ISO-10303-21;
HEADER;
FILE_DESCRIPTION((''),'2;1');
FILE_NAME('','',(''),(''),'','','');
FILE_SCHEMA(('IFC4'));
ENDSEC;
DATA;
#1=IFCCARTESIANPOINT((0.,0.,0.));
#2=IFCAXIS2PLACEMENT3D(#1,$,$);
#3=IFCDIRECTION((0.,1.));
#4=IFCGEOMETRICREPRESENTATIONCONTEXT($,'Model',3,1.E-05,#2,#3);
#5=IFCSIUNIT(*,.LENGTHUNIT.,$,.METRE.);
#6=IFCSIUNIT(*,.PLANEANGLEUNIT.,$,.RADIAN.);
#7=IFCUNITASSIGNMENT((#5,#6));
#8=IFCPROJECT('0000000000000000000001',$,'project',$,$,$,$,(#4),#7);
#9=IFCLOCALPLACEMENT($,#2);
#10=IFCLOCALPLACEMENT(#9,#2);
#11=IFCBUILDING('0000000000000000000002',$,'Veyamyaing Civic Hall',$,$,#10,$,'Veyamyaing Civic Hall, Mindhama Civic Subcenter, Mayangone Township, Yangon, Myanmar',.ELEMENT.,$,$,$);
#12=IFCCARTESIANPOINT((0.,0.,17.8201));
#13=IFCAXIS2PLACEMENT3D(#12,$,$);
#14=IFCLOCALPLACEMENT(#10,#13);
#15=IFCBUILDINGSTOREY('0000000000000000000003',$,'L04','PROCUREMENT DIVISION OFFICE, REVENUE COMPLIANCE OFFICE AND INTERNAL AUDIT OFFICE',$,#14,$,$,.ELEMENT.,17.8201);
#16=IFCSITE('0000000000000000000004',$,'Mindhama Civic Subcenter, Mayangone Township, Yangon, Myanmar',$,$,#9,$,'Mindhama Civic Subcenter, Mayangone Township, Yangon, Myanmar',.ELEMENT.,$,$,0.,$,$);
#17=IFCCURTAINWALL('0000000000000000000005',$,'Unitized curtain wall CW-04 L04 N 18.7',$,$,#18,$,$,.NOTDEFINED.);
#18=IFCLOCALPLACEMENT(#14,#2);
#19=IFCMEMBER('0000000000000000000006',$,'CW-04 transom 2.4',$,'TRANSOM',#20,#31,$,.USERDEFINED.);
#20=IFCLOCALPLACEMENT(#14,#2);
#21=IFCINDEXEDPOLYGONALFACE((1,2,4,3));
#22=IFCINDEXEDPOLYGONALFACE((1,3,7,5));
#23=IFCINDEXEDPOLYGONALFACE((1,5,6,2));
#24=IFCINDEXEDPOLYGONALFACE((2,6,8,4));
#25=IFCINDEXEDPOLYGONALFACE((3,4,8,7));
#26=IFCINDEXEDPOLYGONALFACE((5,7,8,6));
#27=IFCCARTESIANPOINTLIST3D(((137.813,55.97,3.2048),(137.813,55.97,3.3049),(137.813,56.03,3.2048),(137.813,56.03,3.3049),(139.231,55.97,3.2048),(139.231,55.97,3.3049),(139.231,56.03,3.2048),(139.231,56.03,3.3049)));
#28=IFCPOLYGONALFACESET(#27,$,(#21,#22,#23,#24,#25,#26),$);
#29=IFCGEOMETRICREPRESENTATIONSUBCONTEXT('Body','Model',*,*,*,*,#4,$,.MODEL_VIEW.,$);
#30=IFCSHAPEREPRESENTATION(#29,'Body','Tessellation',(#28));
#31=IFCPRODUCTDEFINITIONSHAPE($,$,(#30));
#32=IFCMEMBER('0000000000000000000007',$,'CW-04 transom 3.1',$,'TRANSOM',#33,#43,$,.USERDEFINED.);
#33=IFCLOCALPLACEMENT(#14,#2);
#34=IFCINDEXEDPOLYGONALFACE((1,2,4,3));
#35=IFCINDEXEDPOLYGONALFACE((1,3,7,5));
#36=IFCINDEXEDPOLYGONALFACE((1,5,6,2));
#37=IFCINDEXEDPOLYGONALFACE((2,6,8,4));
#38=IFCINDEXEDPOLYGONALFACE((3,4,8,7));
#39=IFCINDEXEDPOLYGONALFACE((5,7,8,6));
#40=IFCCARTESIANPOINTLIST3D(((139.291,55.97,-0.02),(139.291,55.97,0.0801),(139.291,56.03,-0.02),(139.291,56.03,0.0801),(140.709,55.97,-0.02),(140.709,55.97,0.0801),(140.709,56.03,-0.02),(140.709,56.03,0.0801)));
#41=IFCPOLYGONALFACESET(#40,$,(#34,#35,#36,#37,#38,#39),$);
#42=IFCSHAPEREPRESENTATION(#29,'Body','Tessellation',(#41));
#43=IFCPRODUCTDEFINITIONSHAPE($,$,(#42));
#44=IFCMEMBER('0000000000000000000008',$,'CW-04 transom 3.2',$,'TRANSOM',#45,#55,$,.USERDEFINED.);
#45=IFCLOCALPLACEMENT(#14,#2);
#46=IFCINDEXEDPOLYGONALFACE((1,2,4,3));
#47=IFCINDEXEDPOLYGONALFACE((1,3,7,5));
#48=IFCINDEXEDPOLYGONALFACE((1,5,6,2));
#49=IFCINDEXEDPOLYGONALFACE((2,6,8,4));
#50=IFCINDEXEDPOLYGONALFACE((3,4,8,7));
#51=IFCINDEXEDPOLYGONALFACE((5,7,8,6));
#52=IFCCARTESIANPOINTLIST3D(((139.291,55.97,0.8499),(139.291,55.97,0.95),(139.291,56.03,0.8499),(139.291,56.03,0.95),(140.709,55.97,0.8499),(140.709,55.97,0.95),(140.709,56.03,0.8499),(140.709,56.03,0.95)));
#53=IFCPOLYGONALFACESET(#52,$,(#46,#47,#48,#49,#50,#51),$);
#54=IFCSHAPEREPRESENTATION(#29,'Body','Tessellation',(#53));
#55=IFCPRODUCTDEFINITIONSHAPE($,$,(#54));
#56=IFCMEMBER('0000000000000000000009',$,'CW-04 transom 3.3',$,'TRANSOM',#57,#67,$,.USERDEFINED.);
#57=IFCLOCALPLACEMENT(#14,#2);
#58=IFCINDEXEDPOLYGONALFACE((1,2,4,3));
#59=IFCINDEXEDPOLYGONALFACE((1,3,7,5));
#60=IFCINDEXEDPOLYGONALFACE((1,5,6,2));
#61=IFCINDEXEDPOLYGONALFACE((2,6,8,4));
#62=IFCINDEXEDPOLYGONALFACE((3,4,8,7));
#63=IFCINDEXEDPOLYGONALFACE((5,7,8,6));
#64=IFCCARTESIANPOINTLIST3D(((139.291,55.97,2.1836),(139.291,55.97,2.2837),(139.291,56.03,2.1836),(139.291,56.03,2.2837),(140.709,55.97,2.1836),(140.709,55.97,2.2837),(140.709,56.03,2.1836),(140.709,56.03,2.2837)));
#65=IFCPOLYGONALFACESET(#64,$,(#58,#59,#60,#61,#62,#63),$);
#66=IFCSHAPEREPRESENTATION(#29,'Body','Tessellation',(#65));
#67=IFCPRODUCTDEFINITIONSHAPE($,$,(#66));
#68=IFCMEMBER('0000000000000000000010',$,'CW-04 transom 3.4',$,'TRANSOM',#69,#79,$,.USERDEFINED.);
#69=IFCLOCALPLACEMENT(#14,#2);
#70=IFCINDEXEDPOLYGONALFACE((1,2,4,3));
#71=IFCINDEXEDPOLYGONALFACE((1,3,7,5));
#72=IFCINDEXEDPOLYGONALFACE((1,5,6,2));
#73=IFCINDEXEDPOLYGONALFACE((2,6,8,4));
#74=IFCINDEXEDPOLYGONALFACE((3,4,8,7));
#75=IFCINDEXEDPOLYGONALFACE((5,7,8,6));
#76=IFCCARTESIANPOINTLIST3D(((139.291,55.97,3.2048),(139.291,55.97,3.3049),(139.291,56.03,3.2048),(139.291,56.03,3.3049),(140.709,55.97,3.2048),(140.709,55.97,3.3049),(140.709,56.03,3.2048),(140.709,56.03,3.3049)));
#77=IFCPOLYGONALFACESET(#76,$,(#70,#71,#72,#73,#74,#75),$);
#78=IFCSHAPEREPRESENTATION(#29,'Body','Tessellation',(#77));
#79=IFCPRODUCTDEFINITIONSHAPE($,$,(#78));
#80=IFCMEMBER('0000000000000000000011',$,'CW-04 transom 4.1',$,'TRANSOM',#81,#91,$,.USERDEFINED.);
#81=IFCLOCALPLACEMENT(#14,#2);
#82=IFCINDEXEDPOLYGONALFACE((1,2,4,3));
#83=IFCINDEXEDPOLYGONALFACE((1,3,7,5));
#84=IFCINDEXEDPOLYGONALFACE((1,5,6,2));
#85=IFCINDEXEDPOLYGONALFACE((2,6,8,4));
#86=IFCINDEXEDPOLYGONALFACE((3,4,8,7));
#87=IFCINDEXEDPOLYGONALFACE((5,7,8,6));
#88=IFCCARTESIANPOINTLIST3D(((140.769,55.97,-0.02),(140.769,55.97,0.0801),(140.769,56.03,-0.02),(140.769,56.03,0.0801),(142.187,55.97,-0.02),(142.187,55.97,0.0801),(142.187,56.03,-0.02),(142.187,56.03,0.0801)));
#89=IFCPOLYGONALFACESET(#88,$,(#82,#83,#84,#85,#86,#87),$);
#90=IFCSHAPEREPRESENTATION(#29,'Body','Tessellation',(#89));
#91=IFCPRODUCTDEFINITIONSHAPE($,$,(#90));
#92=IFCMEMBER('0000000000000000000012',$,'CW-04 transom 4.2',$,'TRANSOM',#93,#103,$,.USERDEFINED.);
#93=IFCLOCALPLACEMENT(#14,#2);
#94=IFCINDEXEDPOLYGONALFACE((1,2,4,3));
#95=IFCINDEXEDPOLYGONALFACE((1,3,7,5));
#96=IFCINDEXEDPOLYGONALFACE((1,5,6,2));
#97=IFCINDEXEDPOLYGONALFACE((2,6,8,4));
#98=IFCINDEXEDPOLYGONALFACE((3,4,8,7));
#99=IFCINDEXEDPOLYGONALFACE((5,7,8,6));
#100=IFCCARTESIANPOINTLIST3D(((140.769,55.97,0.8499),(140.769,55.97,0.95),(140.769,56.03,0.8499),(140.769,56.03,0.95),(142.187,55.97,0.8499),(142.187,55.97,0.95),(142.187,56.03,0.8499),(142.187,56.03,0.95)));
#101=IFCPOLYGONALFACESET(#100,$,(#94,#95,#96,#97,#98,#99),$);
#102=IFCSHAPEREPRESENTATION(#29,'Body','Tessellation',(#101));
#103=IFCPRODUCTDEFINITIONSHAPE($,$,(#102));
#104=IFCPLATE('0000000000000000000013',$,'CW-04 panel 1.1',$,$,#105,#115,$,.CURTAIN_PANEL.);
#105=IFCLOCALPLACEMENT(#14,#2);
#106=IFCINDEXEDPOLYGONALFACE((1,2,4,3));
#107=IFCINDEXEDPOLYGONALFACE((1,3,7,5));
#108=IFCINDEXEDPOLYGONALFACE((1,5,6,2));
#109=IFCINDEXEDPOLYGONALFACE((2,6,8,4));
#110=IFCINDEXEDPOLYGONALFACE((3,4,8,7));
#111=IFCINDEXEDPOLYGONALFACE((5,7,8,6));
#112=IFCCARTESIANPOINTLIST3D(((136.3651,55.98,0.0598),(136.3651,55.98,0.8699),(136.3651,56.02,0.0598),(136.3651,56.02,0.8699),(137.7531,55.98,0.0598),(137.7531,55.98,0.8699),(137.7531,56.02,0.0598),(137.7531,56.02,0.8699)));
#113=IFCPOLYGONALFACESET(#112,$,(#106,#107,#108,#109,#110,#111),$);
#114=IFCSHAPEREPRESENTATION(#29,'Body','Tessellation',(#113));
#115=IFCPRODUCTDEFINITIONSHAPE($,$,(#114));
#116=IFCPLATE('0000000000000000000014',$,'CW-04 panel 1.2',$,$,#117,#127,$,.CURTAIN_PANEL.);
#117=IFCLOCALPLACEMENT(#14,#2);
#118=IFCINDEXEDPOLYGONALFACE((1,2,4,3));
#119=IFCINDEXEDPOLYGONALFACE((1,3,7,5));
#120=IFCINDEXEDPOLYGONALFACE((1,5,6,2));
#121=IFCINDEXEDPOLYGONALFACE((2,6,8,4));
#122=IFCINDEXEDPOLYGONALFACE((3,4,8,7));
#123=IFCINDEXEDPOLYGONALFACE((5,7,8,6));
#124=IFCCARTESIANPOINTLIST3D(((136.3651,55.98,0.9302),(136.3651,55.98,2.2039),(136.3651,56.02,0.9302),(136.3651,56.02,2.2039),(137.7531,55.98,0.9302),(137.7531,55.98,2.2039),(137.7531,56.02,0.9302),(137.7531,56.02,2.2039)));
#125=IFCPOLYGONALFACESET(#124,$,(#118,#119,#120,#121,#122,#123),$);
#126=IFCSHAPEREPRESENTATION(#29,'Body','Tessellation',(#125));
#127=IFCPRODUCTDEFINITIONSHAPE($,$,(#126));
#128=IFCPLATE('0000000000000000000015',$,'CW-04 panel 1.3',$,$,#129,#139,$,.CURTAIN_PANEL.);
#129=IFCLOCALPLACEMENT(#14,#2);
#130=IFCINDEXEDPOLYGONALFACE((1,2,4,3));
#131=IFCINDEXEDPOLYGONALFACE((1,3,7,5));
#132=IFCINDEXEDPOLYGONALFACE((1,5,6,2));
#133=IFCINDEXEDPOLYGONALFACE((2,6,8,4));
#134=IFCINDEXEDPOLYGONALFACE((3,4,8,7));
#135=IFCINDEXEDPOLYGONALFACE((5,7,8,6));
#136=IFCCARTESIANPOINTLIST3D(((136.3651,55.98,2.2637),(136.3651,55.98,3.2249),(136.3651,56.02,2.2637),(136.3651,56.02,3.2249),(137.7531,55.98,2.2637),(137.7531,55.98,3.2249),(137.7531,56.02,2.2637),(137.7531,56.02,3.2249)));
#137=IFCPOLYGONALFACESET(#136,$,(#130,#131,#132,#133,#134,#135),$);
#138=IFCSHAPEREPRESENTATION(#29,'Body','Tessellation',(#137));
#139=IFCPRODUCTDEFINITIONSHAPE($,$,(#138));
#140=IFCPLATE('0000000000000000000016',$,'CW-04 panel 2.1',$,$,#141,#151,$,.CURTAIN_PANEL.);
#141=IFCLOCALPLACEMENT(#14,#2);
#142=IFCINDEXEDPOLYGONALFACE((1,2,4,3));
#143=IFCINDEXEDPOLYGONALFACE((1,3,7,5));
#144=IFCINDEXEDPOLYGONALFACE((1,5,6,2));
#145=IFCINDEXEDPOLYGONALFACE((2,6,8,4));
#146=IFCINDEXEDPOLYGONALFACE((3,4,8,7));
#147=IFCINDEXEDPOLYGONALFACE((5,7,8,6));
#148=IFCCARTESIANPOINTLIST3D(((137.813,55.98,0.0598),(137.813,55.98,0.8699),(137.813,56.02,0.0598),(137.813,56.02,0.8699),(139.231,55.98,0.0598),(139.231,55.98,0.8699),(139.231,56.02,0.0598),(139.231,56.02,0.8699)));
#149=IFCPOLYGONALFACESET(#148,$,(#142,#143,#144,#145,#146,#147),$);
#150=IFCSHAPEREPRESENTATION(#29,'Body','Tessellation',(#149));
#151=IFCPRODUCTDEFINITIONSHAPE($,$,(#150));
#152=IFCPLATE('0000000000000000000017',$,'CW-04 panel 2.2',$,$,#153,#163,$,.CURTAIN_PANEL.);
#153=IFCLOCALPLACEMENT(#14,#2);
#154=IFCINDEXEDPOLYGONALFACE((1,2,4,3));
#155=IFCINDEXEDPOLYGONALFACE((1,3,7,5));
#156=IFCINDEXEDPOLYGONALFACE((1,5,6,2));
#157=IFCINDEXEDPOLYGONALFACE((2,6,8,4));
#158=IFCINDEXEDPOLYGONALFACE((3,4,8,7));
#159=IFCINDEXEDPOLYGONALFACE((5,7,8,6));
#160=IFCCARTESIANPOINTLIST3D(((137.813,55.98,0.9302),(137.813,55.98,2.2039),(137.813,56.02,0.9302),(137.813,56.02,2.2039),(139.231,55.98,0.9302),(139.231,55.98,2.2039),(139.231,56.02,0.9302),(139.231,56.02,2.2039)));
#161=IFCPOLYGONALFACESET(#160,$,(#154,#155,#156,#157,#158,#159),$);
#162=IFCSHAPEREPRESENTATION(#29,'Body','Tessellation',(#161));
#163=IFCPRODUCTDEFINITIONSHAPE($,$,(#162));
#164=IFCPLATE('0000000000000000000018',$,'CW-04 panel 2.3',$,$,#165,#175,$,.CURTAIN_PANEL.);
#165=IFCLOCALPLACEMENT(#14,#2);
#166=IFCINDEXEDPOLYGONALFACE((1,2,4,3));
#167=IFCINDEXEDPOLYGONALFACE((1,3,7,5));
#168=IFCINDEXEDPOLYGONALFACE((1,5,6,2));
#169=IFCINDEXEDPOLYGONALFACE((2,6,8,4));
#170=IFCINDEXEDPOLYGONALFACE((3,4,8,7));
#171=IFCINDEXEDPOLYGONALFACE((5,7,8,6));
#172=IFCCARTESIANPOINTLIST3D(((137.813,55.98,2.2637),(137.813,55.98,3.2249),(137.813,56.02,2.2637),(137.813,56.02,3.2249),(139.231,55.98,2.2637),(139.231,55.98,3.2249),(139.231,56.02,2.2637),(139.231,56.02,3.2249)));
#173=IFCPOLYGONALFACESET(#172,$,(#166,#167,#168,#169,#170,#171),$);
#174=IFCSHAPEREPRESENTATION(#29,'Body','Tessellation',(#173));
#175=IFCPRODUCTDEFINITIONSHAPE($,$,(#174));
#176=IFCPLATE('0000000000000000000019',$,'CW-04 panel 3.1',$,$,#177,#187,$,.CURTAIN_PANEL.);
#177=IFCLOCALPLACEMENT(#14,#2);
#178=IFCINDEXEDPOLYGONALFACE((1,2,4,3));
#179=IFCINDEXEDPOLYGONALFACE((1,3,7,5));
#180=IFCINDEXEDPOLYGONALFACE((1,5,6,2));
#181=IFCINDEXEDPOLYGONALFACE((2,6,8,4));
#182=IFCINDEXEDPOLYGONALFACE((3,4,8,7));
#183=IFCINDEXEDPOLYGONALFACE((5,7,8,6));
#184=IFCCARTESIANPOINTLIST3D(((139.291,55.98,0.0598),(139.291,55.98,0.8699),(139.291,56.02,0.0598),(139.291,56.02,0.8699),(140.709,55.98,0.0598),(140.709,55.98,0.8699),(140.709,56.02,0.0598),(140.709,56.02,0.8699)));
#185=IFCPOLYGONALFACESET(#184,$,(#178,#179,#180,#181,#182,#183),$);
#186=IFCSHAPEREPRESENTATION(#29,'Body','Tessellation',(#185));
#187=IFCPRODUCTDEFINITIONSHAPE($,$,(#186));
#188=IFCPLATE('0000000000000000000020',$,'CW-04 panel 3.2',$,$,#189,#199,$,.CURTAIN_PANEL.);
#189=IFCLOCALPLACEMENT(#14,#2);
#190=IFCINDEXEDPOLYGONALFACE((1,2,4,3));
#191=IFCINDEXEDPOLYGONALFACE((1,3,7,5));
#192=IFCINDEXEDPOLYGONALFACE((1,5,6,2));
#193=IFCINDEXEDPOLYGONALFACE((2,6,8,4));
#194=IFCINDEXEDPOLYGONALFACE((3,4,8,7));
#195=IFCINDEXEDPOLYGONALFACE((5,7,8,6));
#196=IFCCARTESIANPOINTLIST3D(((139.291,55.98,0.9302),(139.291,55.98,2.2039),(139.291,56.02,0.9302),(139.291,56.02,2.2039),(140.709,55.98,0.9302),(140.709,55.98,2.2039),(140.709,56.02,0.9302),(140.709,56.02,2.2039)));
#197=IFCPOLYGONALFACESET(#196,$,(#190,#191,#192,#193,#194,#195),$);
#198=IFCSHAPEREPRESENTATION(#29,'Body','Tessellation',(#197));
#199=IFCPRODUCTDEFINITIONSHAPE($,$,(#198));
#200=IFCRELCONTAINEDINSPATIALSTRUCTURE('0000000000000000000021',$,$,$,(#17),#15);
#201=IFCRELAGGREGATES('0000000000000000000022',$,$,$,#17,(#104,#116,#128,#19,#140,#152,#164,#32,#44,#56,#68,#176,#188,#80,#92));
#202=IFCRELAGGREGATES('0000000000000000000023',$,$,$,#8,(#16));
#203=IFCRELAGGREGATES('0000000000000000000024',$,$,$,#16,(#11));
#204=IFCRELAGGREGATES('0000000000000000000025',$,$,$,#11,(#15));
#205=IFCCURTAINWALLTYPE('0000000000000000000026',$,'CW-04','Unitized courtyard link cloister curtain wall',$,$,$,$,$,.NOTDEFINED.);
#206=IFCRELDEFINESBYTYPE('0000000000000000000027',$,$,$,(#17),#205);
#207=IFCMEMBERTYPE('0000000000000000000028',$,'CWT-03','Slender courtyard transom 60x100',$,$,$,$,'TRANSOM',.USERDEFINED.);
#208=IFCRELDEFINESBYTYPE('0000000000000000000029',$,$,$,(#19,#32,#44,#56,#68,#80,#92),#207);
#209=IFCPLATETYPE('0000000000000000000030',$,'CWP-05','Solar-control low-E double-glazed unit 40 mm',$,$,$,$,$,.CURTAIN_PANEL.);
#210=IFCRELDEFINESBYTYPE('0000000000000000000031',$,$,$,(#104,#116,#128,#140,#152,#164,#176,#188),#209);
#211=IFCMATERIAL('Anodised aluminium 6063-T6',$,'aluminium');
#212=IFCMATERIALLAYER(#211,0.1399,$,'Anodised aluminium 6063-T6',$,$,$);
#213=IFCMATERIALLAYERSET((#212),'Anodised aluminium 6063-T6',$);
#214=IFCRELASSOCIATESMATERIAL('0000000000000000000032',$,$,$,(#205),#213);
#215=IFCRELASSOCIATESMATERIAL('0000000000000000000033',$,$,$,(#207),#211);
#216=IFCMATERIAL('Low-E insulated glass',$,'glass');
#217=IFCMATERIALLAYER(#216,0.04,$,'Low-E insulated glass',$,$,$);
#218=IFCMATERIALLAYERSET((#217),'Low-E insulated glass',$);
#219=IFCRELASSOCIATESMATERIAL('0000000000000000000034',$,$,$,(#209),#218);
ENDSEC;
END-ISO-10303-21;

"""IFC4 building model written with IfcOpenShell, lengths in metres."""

from ifc_helpers import new_model, si_unit, direction, frame, origin, origin_2d, place, context, subcontext, project, spatial, rectangle, extrude, material, layer, layer_set, material_profile, profile_set, type_object, element, aggregate, save


model = new_model("IFC4")

# Units and contexts
model_context = context("Model", 3, precision=1e-05, world=origin(), true_north=direction((0.0, 1.0)))
body_context = subcontext(model_context, "Body", "Model", "MODEL_VIEW")
ifc_project = project(units=[si_unit("LENGTHUNIT", "METRE"), si_unit("PLANEANGLEUNIT", "RADIAN")], contexts=[model_context])

# Site, building, storey
site_placement = place(None, origin())
site = spatial("IfcSite", under=ifc_project, at=site_placement, Name="Mindhama Civic Subcenter, Mayangone Township, Yangon, Myanmar", LongName="Mindhama Civic Subcenter, Mayangone Township, Yangon, Myanmar", CompositionType="ELEMENT", RefElevation=0.0)
building_placement = place(site_placement, origin())
building = spatial("IfcBuilding", under=site, at=building_placement, Name="Veyamyaing Civic Hall", LongName="Veyamyaing Civic Hall, Mindhama Civic Subcenter, Mayangone Township, Yangon, Myanmar", CompositionType="ELEMENT")
storey_placement = place(building_placement, frame((0.0, 0.0, 17.8201)))
storey = spatial("IfcBuildingStorey", under=building, at=storey_placement, Name="L04", Description="PROCUREMENT DIVISION OFFICE, REVENUE COMPLIANCE OFFICE AND INTERNAL AUDIT OFFICE", CompositionType="ELEMENT", Elevation=17.8201)

# Curtain wall, members, plates
ifc_material_1 = material(Name="Anodised aluminium 6063-T6", Category="aluminium")
ifc_layer_1 = layer(ifc_material_1, 0.1399, Name="Anodised aluminium 6063-T6")
ifc_layer_set_1 = layer_set([ifc_layer_1], Name="Anodised aluminium 6063-T6")
curtain_wall_type = type_object("IfcCurtainWallType", Name="CW-04", Description="Unitized courtyard link cloister curtain wall", PredefinedType="NOTDEFINED", material=ifc_layer_set_1)
curtain_wall_placement = place(storey_placement, origin())
curtain_wall = element("IfcCurtainWall", 1, at=curtain_wall_placement, inside=storey, type_object=curtain_wall_type, Name="Unitized curtain wall CW-04 L04 N 18.7", PredefinedType="NOTDEFINED")
ifc_material_profile_1 = material_profile(ifc_material_1, rectangle(XDim=0.0601, YDim=0.1001, at=origin_2d()), Name="ALU-TRN-60X100")
ifc_profile_set_1 = profile_set([ifc_material_profile_1], Name="Anodised aluminium 6063-T6")
member_type_1 = type_object("IfcMemberType", Name="CWT-03", Description="Slender courtyard transom 60x100", ElementType="TRANSOM", PredefinedType="USERDEFINED", material=ifc_profile_set_1)
member_1_placement = place(storey_placement, frame((137.813, 56.0, 3.2549), z_axis=(1.0, 0.0, 0.0), x_axis=(0.0, 1.0, 0.0)))
member_1 = element("IfcMember", 2, at=member_1_placement, type_object=member_type_1, Name="CW-04 transom 2.4", ObjectType="TRANSOM", PredefinedType="USERDEFINED", context=body_context, shape_type="SweptSolid", body=[
    extrude(rectangle(XDim=0.0601, YDim=0.1001, at=origin_2d()), origin(), (0.0, 0.0, 1.0), 1.418),
])
member_2_placement = place(storey_placement, frame((139.291, 56.0, 0.03), z_axis=(1.0, 0.0, 0.0), x_axis=(0.0, 1.0, 0.0)))
member_2 = element("IfcMember", 3, at=member_2_placement, type_object=member_type_1, Name="CW-04 transom 3.1", ObjectType="TRANSOM", PredefinedType="USERDEFINED", context=body_context, shape_type="SweptSolid", body=[
    extrude(rectangle(XDim=0.0601, YDim=0.1001, at=origin_2d()), origin(), (0.0, 0.0, 1.0), 1.418),
])
member_3_placement = place(storey_placement, frame((139.291, 56.0, 0.8999), z_axis=(1.0, 0.0, 0.0), x_axis=(0.0, 1.0, 0.0)))
member_3 = element("IfcMember", 4, at=member_3_placement, type_object=member_type_1, Name="CW-04 transom 3.2", ObjectType="TRANSOM", PredefinedType="USERDEFINED", context=body_context, shape_type="SweptSolid", body=[
    extrude(rectangle(XDim=0.0601, YDim=0.1001, at=origin_2d()), origin(), (0.0, 0.0, 1.0), 1.418),
])
member_4_placement = place(storey_placement, frame((139.291, 56.0, 2.2336), z_axis=(1.0, 0.0, 0.0), x_axis=(0.0, 1.0, 0.0)))
member_4 = element("IfcMember", 5, at=member_4_placement, type_object=member_type_1, Name="CW-04 transom 3.3", ObjectType="TRANSOM", PredefinedType="USERDEFINED", context=body_context, shape_type="SweptSolid", body=[
    extrude(rectangle(XDim=0.0601, YDim=0.1001, at=origin_2d()), origin(), (0.0, 0.0, 1.0), 1.418),
])
member_5_placement = place(storey_placement, frame((139.291, 56.0, 3.2549), z_axis=(1.0, 0.0, 0.0), x_axis=(0.0, 1.0, 0.0)))
member_5 = element("IfcMember", 6, at=member_5_placement, type_object=member_type_1, Name="CW-04 transom 3.4", ObjectType="TRANSOM", PredefinedType="USERDEFINED", context=body_context, shape_type="SweptSolid", body=[
    extrude(rectangle(XDim=0.0601, YDim=0.1001, at=origin_2d()), origin(), (0.0, 0.0, 1.0), 1.418),
])
member_6_placement = place(storey_placement, frame((140.769, 56.0, 0.03), z_axis=(1.0, 0.0, 0.0), x_axis=(0.0, 1.0, 0.0)))
member_6 = element("IfcMember", 7, at=member_6_placement, type_object=member_type_1, Name="CW-04 transom 4.1", ObjectType="TRANSOM", PredefinedType="USERDEFINED", context=body_context, shape_type="SweptSolid", body=[
    extrude(rectangle(XDim=0.0601, YDim=0.1001, at=origin_2d()), origin(), (0.0, 0.0, 1.0), 1.418),
])
member_7_placement = place(storey_placement, frame((140.769, 56.0, 0.8999), z_axis=(1.0, 0.0, 0.0), x_axis=(0.0, 1.0, 0.0)))
member_7 = element("IfcMember", 8, at=member_7_placement, type_object=member_type_1, Name="CW-04 transom 4.2", ObjectType="TRANSOM", PredefinedType="USERDEFINED", context=body_context, shape_type="SweptSolid", body=[
    extrude(rectangle(XDim=0.0601, YDim=0.1001, at=origin_2d()), origin(), (0.0, 0.0, 1.0), 1.418),
])
ifc_material_2 = material(Name="Low-E insulated glass", Category="glass")
ifc_layer_2 = layer(ifc_material_2, 0.04, Name="Low-E insulated glass")
ifc_layer_set_2 = layer_set([ifc_layer_2], Name="Low-E insulated glass")
plate_type = type_object("IfcPlateType", Name="CWP-05", Description="Solar-control low-E double-glazed unit 40 mm", PredefinedType="CURTAIN_PANEL", material=ifc_layer_set_2)
plate_1_placement = place(storey_placement, frame((137.0591, 56.0, 0.0598), z_axis=(0.0, 0.0, 1.0), x_axis=(1.0, 0.0, 0.0)))
plate_1 = element("IfcPlate", 9, at=plate_1_placement, type_object=plate_type, Name="CW-04 panel 1.1", PredefinedType="CURTAIN_PANEL", context=body_context, shape_type="SweptSolid", body=[
    extrude(rectangle(XDim=1.3879, YDim=0.04, at=origin_2d()), origin(), (0.0, 0.0, 1.0), 0.8101),
])
plate_2_placement = place(storey_placement, frame((137.0591, 56.0, 0.9302), z_axis=(0.0, 0.0, 1.0), x_axis=(1.0, 0.0, 0.0)))
plate_2 = element("IfcPlate", 10, at=plate_2_placement, type_object=plate_type, Name="CW-04 panel 1.2", PredefinedType="CURTAIN_PANEL", context=body_context, shape_type="SweptSolid", body=[
    extrude(rectangle(XDim=1.3879, YDim=0.04, at=origin_2d()), origin(), (0.0, 0.0, 1.0), 1.2737),
])
plate_3_placement = place(storey_placement, frame((137.0591, 56.0, 2.2637), z_axis=(0.0, 0.0, 1.0), x_axis=(1.0, 0.0, 0.0)))
plate_3 = element("IfcPlate", 11, at=plate_3_placement, type_object=plate_type, Name="CW-04 panel 1.3", PredefinedType="CURTAIN_PANEL", context=body_context, shape_type="SweptSolid", body=[
    extrude(rectangle(XDim=1.3879, YDim=0.04, at=origin_2d()), origin(), (0.0, 0.0, 1.0), 0.9612),
])
plate_4_placement = place(storey_placement, frame((138.522, 56.0, 0.0598), z_axis=(0.0, 0.0, 1.0), x_axis=(1.0, 0.0, 0.0)))
plate_4 = element("IfcPlate", 12, at=plate_4_placement, type_object=plate_type, Name="CW-04 panel 2.1", PredefinedType="CURTAIN_PANEL", context=body_context, shape_type="SweptSolid", body=[
    extrude(rectangle(XDim=1.418, YDim=0.04, at=origin_2d()), origin(), (0.0, 0.0, 1.0), 0.8101),
])
plate_5_placement = place(storey_placement, frame((138.522, 56.0, 0.9302), z_axis=(0.0, 0.0, 1.0), x_axis=(1.0, 0.0, 0.0)))
plate_5 = element("IfcPlate", 13, at=plate_5_placement, type_object=plate_type, Name="CW-04 panel 2.2", PredefinedType="CURTAIN_PANEL", context=body_context, shape_type="SweptSolid", body=[
    extrude(rectangle(XDim=1.418, YDim=0.04, at=origin_2d()), origin(), (0.0, 0.0, 1.0), 1.2737),
])
plate_6_placement = place(storey_placement, frame((138.522, 56.0, 2.2637), z_axis=(0.0, 0.0, 1.0), x_axis=(1.0, 0.0, 0.0)))
plate_6 = element("IfcPlate", 14, at=plate_6_placement, type_object=plate_type, Name="CW-04 panel 2.3", PredefinedType="CURTAIN_PANEL", context=body_context, shape_type="SweptSolid", body=[
    extrude(rectangle(XDim=1.418, YDim=0.04, at=origin_2d()), origin(), (0.0, 0.0, 1.0), 0.9612),
])
plate_7_placement = place(storey_placement, frame((140.0, 56.0, 0.0598), z_axis=(0.0, 0.0, 1.0), x_axis=(1.0, 0.0, 0.0)))
plate_7 = element("IfcPlate", 15, at=plate_7_placement, type_object=plate_type, Name="CW-04 panel 3.1", PredefinedType="CURTAIN_PANEL", context=body_context, shape_type="SweptSolid", body=[
    extrude(rectangle(XDim=1.418, YDim=0.04, at=origin_2d()), origin(), (0.0, 0.0, 1.0), 0.8101),
])
plate_8_placement = place(storey_placement, frame((140.0, 56.0, 0.9302), z_axis=(0.0, 0.0, 1.0), x_axis=(1.0, 0.0, 0.0)))
plate_8 = element("IfcPlate", 16, at=plate_8_placement, type_object=plate_type, Name="CW-04 panel 3.2", PredefinedType="CURTAIN_PANEL", context=body_context, shape_type="SweptSolid", body=[
    extrude(rectangle(XDim=1.418, YDim=0.04, at=origin_2d()), origin(), (0.0, 0.0, 1.0), 1.2737),
])
aggregate(curtain_wall, [plate_1, plate_2, plate_3, member_1, plate_4, plate_5, plate_6, member_2, member_3, member_4, member_5, plate_7, plate_8, member_6, member_7])

save(model, "model.ifc")
